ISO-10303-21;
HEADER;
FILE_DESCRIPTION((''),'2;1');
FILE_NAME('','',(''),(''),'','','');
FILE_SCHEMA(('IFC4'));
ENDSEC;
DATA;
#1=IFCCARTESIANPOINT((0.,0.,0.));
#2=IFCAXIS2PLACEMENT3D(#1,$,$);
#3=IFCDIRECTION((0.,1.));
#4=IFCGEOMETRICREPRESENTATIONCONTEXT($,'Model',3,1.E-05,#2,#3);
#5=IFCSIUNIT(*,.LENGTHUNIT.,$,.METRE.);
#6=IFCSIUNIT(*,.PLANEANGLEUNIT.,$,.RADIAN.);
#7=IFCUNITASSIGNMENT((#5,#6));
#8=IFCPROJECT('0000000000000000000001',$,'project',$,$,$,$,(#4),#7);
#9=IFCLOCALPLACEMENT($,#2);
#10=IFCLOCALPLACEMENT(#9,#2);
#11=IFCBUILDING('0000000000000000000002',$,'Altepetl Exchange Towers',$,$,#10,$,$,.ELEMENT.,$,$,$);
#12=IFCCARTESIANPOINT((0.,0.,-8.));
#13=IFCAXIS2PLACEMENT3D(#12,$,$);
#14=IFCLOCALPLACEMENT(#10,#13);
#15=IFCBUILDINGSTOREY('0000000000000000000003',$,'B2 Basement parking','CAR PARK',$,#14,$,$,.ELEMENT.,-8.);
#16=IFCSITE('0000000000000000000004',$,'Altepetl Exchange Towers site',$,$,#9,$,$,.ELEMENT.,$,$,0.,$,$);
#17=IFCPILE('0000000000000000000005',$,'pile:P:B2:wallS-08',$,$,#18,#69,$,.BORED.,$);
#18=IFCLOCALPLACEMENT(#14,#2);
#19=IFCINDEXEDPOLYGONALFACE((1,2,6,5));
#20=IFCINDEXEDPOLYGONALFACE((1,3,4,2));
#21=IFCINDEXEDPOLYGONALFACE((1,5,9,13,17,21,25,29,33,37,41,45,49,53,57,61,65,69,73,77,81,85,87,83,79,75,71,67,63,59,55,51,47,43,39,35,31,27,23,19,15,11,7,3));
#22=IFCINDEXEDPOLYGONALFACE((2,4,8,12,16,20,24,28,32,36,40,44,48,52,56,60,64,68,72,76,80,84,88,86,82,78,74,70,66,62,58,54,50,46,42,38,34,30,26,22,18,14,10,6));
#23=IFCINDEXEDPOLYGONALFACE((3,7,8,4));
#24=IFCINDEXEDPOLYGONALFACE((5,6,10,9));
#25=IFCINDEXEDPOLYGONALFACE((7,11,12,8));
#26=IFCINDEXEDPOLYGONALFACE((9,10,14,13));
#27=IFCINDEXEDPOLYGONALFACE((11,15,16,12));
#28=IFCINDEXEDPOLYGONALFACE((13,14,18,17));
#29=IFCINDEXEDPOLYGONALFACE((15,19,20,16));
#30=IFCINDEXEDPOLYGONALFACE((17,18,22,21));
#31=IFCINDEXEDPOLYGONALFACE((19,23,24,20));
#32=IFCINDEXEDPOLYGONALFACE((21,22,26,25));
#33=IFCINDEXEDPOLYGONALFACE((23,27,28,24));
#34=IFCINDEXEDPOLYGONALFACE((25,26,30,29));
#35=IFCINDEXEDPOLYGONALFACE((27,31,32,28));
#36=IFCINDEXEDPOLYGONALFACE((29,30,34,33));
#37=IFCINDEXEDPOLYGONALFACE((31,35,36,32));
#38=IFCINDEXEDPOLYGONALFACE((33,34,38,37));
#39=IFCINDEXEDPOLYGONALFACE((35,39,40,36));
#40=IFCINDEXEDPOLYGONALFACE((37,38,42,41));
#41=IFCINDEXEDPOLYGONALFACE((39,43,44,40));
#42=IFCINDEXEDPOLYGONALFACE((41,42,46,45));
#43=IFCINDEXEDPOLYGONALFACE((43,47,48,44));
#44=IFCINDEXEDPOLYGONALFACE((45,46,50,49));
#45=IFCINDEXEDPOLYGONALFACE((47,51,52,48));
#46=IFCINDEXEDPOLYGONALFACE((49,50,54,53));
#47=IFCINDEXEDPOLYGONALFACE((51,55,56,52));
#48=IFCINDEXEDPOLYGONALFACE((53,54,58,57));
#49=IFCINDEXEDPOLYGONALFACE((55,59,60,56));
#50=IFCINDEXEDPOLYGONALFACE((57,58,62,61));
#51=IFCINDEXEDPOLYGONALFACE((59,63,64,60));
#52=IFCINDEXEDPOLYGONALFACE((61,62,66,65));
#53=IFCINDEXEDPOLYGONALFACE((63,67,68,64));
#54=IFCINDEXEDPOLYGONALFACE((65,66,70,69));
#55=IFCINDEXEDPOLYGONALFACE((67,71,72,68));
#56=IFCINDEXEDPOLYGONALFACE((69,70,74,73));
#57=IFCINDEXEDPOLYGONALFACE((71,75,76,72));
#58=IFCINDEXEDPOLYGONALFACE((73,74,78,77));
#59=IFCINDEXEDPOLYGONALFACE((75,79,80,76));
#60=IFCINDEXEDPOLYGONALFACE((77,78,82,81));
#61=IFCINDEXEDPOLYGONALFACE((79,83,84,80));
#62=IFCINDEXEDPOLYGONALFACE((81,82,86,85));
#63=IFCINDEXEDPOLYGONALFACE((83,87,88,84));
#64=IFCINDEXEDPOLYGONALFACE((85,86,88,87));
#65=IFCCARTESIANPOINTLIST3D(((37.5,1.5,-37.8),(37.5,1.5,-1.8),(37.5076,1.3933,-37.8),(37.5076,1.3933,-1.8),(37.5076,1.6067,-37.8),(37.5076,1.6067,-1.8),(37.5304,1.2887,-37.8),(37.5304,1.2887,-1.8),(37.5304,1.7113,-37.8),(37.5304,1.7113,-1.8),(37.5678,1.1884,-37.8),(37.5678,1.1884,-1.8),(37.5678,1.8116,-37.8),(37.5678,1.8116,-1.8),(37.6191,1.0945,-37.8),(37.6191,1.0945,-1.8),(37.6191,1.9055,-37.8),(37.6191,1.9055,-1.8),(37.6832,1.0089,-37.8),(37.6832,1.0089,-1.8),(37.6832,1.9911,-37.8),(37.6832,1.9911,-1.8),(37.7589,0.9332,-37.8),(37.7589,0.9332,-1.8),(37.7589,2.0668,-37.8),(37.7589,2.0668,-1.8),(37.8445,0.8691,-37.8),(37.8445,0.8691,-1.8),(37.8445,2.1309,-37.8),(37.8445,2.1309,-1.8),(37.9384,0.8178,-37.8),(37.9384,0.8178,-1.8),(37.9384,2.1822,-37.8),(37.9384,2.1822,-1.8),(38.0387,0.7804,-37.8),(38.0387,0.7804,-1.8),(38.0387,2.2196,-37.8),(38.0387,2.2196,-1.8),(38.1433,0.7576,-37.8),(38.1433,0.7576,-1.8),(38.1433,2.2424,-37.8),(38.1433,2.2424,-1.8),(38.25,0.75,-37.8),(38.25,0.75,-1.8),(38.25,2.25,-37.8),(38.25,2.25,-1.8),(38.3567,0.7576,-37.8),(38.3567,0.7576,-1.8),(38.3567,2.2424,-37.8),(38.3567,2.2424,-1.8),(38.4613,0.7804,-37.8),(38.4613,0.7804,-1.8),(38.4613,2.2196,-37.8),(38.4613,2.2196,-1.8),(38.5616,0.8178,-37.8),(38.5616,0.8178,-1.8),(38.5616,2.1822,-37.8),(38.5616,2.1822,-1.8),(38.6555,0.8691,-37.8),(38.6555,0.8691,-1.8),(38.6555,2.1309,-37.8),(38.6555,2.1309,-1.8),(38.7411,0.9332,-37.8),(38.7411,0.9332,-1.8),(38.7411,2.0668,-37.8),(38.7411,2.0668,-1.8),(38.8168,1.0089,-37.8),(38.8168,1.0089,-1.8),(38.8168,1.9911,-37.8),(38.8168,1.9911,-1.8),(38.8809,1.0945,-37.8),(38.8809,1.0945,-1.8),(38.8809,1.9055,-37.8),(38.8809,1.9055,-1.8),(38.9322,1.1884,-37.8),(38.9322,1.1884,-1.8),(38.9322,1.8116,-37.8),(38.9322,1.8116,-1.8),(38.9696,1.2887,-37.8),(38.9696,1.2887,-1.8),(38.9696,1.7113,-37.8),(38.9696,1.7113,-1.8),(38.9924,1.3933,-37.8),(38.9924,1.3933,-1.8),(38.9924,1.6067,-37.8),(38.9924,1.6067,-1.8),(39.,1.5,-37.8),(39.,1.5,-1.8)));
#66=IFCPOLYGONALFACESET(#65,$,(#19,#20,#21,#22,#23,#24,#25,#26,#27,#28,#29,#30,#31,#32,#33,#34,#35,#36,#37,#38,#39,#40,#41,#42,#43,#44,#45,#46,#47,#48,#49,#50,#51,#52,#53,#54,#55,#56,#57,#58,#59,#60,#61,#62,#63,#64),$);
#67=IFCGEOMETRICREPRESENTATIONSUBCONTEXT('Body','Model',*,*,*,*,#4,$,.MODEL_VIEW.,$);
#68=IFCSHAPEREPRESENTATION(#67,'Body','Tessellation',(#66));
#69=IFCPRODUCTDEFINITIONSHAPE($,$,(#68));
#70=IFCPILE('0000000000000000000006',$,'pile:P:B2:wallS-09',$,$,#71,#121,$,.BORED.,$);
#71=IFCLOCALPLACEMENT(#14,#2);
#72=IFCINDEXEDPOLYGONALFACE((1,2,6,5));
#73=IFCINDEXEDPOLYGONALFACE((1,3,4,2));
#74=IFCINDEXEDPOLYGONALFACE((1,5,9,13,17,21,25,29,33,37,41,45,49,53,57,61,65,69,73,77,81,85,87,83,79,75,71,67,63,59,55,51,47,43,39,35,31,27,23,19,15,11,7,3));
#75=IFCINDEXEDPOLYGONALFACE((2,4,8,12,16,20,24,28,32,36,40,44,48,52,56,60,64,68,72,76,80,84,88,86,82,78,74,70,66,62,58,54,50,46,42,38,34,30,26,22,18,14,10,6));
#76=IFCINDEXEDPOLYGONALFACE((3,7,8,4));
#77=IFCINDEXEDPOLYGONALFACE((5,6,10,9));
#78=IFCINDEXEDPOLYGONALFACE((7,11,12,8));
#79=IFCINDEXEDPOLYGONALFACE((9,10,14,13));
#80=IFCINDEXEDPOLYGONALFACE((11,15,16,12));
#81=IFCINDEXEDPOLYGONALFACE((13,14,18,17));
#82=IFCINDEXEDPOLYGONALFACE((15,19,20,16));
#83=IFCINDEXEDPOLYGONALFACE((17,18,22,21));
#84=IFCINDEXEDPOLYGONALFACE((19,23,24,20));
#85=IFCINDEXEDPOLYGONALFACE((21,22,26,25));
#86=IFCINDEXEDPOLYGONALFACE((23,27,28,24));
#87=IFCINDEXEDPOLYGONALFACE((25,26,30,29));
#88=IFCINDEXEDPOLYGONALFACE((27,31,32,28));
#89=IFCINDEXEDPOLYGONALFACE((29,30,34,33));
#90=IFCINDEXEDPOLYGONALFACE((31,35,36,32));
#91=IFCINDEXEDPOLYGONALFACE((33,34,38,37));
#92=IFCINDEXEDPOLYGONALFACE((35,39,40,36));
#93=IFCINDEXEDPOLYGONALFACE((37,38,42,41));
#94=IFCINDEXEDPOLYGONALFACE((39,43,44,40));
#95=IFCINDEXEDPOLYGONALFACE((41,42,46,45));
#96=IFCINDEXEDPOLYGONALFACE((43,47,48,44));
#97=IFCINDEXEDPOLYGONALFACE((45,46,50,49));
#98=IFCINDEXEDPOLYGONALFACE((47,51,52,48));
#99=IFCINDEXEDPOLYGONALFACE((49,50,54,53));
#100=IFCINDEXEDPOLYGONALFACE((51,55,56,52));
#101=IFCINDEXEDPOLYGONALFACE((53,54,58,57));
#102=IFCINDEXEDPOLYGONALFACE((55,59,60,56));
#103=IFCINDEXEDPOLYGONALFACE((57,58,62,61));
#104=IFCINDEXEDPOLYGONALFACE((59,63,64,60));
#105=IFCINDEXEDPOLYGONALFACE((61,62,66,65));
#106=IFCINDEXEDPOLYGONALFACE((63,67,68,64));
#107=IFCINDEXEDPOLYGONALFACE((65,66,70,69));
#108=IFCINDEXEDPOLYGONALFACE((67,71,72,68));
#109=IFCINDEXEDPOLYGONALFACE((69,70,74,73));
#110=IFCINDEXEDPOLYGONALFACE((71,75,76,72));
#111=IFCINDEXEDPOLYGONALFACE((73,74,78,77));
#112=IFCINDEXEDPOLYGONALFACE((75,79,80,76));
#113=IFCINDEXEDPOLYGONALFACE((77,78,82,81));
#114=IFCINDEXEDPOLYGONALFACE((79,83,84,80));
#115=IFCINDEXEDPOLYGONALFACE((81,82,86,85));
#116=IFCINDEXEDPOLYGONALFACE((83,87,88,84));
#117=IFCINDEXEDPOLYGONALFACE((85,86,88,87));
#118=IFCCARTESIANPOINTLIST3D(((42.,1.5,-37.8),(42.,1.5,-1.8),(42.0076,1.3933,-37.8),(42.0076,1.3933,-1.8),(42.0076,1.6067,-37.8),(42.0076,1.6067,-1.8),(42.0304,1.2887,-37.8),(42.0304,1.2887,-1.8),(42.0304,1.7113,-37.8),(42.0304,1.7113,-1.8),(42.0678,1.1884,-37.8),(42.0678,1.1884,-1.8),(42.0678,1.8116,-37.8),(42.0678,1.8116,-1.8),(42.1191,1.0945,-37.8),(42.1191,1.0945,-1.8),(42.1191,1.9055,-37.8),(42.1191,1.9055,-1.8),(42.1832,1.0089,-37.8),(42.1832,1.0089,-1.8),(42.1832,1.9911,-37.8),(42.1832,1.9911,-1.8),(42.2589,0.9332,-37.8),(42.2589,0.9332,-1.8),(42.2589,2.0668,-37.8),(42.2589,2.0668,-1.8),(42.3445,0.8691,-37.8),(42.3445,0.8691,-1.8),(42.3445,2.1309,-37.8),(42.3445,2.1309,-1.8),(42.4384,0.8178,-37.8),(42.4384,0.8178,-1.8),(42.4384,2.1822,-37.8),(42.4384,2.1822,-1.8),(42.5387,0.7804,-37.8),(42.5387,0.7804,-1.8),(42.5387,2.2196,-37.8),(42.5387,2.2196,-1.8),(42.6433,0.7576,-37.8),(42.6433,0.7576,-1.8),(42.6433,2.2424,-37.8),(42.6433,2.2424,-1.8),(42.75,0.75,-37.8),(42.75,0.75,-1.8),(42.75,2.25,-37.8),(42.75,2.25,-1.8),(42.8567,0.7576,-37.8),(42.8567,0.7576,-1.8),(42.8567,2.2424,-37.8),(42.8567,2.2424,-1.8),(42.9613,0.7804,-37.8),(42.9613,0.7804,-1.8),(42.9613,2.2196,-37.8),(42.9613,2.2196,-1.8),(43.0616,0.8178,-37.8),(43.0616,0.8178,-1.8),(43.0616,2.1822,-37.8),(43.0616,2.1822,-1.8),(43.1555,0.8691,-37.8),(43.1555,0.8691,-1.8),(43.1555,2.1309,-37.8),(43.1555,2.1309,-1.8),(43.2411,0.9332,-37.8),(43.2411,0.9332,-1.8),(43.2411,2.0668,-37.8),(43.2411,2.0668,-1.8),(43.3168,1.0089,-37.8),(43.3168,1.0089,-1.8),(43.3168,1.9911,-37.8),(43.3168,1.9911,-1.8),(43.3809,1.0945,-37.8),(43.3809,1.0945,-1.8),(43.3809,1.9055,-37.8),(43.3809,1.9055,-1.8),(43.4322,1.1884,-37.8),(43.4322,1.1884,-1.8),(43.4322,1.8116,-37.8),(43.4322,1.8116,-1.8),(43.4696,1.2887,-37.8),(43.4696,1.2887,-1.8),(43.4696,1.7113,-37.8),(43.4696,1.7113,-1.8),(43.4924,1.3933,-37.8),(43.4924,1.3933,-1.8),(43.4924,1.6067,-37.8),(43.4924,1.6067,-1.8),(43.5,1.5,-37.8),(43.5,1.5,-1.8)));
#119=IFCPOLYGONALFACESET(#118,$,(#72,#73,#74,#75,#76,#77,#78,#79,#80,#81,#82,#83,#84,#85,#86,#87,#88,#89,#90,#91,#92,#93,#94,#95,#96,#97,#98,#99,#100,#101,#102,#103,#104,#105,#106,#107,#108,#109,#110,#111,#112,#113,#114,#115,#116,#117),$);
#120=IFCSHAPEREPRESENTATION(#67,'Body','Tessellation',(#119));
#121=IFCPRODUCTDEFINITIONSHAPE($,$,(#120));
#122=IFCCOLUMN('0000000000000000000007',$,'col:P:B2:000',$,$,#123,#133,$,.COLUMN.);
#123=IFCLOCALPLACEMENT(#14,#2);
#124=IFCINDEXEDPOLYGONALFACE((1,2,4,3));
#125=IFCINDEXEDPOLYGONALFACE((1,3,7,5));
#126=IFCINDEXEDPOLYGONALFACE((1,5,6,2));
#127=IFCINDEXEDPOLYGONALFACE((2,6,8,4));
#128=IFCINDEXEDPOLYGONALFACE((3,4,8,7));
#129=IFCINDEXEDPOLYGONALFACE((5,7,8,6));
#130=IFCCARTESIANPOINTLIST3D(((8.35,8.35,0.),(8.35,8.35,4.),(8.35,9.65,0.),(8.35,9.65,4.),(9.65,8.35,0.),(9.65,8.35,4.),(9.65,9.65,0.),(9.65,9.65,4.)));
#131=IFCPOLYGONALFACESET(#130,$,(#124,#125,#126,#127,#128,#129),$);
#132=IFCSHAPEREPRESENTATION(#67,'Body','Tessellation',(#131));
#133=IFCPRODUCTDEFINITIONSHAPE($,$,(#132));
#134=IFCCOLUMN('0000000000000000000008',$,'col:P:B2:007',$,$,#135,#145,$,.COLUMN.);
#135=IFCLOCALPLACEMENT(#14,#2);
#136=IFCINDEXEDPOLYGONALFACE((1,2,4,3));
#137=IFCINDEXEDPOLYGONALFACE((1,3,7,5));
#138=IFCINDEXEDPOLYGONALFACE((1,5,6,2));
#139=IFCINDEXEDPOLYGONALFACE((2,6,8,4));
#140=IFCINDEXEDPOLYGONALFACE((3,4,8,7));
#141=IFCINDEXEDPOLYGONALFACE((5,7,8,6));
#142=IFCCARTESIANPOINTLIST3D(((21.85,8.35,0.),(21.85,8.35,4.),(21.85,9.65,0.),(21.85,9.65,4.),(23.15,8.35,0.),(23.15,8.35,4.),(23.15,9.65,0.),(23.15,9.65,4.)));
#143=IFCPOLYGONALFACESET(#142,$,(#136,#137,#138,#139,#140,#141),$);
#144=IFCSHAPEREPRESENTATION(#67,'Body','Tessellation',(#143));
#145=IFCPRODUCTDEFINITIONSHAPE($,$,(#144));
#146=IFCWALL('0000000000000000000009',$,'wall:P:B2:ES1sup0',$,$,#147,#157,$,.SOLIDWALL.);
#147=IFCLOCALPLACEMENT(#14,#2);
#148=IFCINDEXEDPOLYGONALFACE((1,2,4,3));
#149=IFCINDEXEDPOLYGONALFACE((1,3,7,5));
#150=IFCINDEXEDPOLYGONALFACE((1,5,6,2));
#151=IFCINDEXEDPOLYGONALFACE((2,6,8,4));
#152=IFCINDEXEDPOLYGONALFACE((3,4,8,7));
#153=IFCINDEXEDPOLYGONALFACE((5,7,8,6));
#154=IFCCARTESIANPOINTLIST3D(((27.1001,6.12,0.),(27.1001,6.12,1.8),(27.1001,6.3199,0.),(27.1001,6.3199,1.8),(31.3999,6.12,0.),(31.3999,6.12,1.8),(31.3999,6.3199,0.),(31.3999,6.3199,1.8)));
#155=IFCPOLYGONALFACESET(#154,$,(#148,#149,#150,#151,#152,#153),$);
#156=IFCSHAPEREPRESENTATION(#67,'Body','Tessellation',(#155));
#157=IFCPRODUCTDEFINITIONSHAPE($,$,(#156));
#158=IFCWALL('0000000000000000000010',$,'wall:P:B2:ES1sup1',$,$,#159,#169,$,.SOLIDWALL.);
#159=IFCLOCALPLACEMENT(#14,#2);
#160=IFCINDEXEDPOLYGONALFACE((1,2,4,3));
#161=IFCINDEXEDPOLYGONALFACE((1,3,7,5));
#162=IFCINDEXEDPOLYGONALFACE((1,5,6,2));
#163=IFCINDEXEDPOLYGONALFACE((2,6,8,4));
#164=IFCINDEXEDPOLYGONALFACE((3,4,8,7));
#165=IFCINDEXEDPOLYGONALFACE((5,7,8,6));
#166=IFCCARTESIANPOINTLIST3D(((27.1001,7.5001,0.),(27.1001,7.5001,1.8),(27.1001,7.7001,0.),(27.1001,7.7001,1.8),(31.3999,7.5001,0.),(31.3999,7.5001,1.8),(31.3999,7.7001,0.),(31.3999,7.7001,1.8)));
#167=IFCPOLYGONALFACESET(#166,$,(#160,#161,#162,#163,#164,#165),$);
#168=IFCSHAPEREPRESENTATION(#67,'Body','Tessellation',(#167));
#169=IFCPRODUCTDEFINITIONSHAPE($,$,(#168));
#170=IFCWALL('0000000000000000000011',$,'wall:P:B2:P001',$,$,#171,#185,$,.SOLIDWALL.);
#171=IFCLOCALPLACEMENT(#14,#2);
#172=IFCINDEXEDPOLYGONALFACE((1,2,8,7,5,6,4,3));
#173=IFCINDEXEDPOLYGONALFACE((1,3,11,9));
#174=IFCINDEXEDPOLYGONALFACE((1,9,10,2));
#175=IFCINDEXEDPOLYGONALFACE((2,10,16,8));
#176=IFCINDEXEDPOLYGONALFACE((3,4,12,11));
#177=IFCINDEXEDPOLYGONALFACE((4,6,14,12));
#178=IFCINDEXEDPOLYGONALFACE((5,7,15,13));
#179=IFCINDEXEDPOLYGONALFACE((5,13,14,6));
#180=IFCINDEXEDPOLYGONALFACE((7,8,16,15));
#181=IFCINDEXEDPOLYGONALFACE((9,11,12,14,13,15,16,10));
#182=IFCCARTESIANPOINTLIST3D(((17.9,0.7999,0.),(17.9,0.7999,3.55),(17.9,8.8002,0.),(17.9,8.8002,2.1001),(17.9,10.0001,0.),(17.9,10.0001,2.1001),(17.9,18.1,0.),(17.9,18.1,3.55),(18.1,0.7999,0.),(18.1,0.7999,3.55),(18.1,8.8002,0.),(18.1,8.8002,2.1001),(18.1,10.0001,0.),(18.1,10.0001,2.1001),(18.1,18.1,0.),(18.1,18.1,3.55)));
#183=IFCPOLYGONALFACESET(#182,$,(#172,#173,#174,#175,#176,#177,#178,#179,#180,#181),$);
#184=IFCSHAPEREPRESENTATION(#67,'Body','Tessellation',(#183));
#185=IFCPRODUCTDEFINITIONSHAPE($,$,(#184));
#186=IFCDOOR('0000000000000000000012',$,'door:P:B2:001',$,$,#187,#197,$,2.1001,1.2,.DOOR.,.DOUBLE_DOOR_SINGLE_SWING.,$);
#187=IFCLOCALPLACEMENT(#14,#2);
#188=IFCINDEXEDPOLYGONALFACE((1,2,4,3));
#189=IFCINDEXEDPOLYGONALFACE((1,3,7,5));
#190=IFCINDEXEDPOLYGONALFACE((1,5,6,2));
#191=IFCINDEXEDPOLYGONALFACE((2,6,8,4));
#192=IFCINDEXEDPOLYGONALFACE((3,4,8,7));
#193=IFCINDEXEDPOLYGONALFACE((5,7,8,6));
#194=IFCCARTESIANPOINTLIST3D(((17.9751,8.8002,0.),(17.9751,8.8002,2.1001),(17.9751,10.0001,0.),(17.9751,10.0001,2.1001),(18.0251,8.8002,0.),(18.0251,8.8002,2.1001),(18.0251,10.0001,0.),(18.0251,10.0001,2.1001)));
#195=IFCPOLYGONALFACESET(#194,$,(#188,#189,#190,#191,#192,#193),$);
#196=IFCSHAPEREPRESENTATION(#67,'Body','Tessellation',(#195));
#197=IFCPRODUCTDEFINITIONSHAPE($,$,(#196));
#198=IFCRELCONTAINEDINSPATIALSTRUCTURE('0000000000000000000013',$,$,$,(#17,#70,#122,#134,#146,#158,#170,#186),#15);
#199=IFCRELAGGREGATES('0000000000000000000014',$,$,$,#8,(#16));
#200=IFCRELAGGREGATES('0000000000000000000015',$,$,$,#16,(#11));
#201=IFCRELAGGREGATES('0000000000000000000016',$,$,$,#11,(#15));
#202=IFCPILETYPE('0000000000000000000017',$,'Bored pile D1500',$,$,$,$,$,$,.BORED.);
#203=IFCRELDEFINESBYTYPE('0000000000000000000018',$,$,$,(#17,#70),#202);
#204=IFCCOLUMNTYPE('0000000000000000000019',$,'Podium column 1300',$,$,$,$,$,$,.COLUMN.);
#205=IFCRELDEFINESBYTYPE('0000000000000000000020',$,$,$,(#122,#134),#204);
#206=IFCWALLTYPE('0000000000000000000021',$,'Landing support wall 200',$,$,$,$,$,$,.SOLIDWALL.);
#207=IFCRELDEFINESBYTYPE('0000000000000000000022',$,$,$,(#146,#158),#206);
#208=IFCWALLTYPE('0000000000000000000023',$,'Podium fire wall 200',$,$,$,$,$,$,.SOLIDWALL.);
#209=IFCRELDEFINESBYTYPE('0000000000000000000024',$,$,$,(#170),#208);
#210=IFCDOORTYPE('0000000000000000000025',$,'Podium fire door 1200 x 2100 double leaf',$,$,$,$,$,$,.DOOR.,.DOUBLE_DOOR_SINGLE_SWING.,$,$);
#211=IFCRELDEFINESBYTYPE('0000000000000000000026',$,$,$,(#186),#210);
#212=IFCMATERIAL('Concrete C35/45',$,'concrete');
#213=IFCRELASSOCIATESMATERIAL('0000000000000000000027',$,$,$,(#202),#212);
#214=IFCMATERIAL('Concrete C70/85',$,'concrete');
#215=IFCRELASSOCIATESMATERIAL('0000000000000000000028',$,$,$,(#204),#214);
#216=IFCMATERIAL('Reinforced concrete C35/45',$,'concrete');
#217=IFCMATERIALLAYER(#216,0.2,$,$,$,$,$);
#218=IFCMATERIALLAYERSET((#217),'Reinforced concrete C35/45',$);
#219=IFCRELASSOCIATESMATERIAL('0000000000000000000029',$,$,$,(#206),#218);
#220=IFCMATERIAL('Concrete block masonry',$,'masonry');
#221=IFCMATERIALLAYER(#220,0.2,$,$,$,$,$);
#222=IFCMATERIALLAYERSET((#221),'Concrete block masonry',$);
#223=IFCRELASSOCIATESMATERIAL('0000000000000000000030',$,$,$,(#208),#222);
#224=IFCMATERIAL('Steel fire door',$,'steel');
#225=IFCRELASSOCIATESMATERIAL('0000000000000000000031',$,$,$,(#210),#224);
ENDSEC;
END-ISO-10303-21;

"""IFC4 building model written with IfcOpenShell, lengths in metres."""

from ifc_helpers import new_model, si_unit, direction, frame, frame_2d, origin, origin_2d, place, context, subcontext, project, spatial, rectangle, circle, extrude, material, layer, layer_set, material_profile, profile_set, type_object, element, fill, save


model = new_model("IFC4")

# Units and contexts
model_context = context("Model", 3, precision=1e-05, world=origin(), true_north=direction((0.0, 1.0)))
body_context = subcontext(model_context, "Body", "Model", "MODEL_VIEW")
ifc_project = project(units=[si_unit("LENGTHUNIT", "METRE"), si_unit("PLANEANGLEUNIT", "RADIAN")], contexts=[model_context])

# Site, building, storey
site_placement = place(None, origin())
site = spatial("IfcSite", under=ifc_project, at=site_placement, Name="Altepetl Exchange Towers site", CompositionType="ELEMENT", RefElevation=0.0)
building_placement = place(site_placement, origin())
building = spatial("IfcBuilding", under=site, at=building_placement, Name="Altepetl Exchange Towers", CompositionType="ELEMENT")
storey_placement = place(building_placement, frame((0.0, 0.0, -8.0)))
storey = spatial("IfcBuildingStorey", under=building, at=storey_placement, Name="B2 Basement parking", Description="CAR PARK", CompositionType="ELEMENT", Elevation=-8.0)

# Piles
ifc_material_1 = material(Name="Concrete C35/45", Category="concrete")
ifc_material_profile_1 = material_profile(ifc_material_1, circle(Radius=0.75, at=origin_2d()), Name="D1500")
ifc_profile_set_1 = profile_set([ifc_material_profile_1], Name="Concrete C35/45")
pile_type_1 = type_object("IfcPileType", Name="Bored pile D1500", PredefinedType="BORED", material=ifc_profile_set_1)
for number, where, z_axis, x_axis, name in (
    (1, (38.25, 1.5, -1.8), (0.0, 0.0, -1.0), (1.0, 0.0, 0.0), "pile:P:B2:wallS-08"),
    (2, (42.75, 1.5, -1.8), (0.0, 0.0, -1.0), (1.0, 0.0, 0.0), "pile:P:B2:wallS-09"),
):
    element("IfcPile", number, at=place(storey_placement, frame(where, z_axis=z_axis, x_axis=x_axis)), inside=storey, type_object=pile_type_1, Name=name, PredefinedType="BORED", context=body_context, shape_type="SweptSolid", body=[
        extrude(circle(Radius=0.75, at=origin_2d()), origin(), (0.0, 0.0, 1.0), 36.0),
    ])

# Columns
ifc_material_2 = material(Name="Concrete C70/85", Category="concrete")
ifc_material_profile_2 = material_profile(ifc_material_2, rectangle(XDim=1.3, YDim=1.3, at=origin_2d()), Name="1300 x 1300")
ifc_profile_set_2 = profile_set([ifc_material_profile_2], Name="Concrete C70/85")
column_type = type_object("IfcColumnType", Name="Podium column 1300", PredefinedType="COLUMN", material=ifc_profile_set_2)
for number, where, name in (
    (3, (9.0, 9.0, 0.0), "col:P:B2:000"),
    (4, (22.5, 9.0, 0.0), "col:P:B2:007"),
):
    element("IfcColumn", number, at=place(storey_placement, frame(where)), inside=storey, type_object=column_type, Name=name, PredefinedType="COLUMN", context=body_context, shape_type="SweptSolid", body=[
        extrude(rectangle(XDim=1.3, YDim=1.3, at=origin_2d()), origin(), (0.0, 0.0, 1.0), 4.0),
    ])

# Walls
ifc_material_3 = material(Name="Reinforced concrete C35/45", Category="concrete")
ifc_layer_1 = layer(ifc_material_3, 0.2)
ifc_layer_set_1 = layer_set([ifc_layer_1], Name="Reinforced concrete C35/45")
wall_type_1 = type_object("IfcWallType", Name="Landing support wall 200", PredefinedType="SOLIDWALL", material=ifc_layer_set_1)
for number, where, name in (
    (5, (27.1001, 6.22, 0.0), "wall:P:B2:ES1sup0"),
    (6, (27.1001, 7.6001, 0.0), "wall:P:B2:ES1sup1"),
):
    element("IfcWall", number, at=place(storey_placement, frame(where)), inside=storey, type_object=wall_type_1, Name=name, PredefinedType="SOLIDWALL", context=body_context, shape_type="SweptSolid", body=[
        extrude(rectangle(XDim=4.2998, YDim=0.2, at=frame_2d((2.1499, 0.0))), origin(), (0.0, 0.0, 1.0), 1.8),
    ])

# Wall, opening, door
ifc_material_4 = material(Name="Concrete block masonry", Category="masonry")
ifc_layer_2 = layer(ifc_material_4, 0.2)
ifc_layer_set_2 = layer_set([ifc_layer_2], Name="Concrete block masonry")
wall_type_2 = type_object("IfcWallType", Name="Podium fire wall 200", PredefinedType="SOLIDWALL", material=ifc_layer_set_2)
wall_1_placement = place(storey_placement, frame((18.0, 0.8, 0.0), z_axis=(0.0, 0.0, 1.0), x_axis=(0.0, 1.0, 0.0)))
wall_1 = element("IfcWall", 7, at=wall_1_placement, inside=storey, type_object=wall_type_2, Name="wall:P:B2:P001", PredefinedType="SOLIDWALL", context=body_context, shape_type="SweptSolid", body=[
    extrude(rectangle(XDim=17.3, YDim=0.2, at=frame_2d((8.6499, 0.0))), origin(), (0.0, 0.0, 1.0), 3.55),
])
opening_1_placement = place(wall_1_placement, frame((8.0, 0.0, 0.0)))
opening_1 = element("IfcOpeningElement", 8, at=opening_1_placement, cuts=wall_1, PredefinedType="OPENING", context=body_context, shape_type="SweptSolid", body=[
    extrude(rectangle(XDim=1.2, YDim=2.1001, at=frame_2d((0.6001, 1.05))), frame((0.0, 0.1099, 0.0), z_axis=(0.0, -1.0, 0.0), x_axis=(1.0, 0.0, 0.0)), (0.0, 0.0, 1.0), 0.22),
])
ifc_material_5 = material(Name="Steel fire door", Category="steel")
door_type_1 = type_object("IfcDoorType", Name="Podium fire door 1200 x 2100 double leaf", OperationType="DOUBLE_DOOR_SINGLE_SWING", PredefinedType="DOOR", material=ifc_material_5)
door_1_placement = place(opening_1_placement, origin())
door_1 = element("IfcDoor", 9, at=door_1_placement, inside=storey, type_object=door_type_1, Name="door:P:B2:001", OperationType="DOUBLE_DOOR_SINGLE_SWING", OverallHeight=2.1001, OverallWidth=1.2, PredefinedType="DOOR", context=body_context, shape_type="SweptSolid", body=[
    extrude(rectangle(XDim=1.2, YDim=2.1001, at=frame_2d((0.6001, 1.05))), frame((0.0, 0.0249, 0.0), z_axis=(0.0, -1.0, 0.0), x_axis=(1.0, 0.0, 0.0)), (0.0, 0.0, 1.0), 0.05),
])
fill(opening_1, door_1)

save(model, "model.ifc")
